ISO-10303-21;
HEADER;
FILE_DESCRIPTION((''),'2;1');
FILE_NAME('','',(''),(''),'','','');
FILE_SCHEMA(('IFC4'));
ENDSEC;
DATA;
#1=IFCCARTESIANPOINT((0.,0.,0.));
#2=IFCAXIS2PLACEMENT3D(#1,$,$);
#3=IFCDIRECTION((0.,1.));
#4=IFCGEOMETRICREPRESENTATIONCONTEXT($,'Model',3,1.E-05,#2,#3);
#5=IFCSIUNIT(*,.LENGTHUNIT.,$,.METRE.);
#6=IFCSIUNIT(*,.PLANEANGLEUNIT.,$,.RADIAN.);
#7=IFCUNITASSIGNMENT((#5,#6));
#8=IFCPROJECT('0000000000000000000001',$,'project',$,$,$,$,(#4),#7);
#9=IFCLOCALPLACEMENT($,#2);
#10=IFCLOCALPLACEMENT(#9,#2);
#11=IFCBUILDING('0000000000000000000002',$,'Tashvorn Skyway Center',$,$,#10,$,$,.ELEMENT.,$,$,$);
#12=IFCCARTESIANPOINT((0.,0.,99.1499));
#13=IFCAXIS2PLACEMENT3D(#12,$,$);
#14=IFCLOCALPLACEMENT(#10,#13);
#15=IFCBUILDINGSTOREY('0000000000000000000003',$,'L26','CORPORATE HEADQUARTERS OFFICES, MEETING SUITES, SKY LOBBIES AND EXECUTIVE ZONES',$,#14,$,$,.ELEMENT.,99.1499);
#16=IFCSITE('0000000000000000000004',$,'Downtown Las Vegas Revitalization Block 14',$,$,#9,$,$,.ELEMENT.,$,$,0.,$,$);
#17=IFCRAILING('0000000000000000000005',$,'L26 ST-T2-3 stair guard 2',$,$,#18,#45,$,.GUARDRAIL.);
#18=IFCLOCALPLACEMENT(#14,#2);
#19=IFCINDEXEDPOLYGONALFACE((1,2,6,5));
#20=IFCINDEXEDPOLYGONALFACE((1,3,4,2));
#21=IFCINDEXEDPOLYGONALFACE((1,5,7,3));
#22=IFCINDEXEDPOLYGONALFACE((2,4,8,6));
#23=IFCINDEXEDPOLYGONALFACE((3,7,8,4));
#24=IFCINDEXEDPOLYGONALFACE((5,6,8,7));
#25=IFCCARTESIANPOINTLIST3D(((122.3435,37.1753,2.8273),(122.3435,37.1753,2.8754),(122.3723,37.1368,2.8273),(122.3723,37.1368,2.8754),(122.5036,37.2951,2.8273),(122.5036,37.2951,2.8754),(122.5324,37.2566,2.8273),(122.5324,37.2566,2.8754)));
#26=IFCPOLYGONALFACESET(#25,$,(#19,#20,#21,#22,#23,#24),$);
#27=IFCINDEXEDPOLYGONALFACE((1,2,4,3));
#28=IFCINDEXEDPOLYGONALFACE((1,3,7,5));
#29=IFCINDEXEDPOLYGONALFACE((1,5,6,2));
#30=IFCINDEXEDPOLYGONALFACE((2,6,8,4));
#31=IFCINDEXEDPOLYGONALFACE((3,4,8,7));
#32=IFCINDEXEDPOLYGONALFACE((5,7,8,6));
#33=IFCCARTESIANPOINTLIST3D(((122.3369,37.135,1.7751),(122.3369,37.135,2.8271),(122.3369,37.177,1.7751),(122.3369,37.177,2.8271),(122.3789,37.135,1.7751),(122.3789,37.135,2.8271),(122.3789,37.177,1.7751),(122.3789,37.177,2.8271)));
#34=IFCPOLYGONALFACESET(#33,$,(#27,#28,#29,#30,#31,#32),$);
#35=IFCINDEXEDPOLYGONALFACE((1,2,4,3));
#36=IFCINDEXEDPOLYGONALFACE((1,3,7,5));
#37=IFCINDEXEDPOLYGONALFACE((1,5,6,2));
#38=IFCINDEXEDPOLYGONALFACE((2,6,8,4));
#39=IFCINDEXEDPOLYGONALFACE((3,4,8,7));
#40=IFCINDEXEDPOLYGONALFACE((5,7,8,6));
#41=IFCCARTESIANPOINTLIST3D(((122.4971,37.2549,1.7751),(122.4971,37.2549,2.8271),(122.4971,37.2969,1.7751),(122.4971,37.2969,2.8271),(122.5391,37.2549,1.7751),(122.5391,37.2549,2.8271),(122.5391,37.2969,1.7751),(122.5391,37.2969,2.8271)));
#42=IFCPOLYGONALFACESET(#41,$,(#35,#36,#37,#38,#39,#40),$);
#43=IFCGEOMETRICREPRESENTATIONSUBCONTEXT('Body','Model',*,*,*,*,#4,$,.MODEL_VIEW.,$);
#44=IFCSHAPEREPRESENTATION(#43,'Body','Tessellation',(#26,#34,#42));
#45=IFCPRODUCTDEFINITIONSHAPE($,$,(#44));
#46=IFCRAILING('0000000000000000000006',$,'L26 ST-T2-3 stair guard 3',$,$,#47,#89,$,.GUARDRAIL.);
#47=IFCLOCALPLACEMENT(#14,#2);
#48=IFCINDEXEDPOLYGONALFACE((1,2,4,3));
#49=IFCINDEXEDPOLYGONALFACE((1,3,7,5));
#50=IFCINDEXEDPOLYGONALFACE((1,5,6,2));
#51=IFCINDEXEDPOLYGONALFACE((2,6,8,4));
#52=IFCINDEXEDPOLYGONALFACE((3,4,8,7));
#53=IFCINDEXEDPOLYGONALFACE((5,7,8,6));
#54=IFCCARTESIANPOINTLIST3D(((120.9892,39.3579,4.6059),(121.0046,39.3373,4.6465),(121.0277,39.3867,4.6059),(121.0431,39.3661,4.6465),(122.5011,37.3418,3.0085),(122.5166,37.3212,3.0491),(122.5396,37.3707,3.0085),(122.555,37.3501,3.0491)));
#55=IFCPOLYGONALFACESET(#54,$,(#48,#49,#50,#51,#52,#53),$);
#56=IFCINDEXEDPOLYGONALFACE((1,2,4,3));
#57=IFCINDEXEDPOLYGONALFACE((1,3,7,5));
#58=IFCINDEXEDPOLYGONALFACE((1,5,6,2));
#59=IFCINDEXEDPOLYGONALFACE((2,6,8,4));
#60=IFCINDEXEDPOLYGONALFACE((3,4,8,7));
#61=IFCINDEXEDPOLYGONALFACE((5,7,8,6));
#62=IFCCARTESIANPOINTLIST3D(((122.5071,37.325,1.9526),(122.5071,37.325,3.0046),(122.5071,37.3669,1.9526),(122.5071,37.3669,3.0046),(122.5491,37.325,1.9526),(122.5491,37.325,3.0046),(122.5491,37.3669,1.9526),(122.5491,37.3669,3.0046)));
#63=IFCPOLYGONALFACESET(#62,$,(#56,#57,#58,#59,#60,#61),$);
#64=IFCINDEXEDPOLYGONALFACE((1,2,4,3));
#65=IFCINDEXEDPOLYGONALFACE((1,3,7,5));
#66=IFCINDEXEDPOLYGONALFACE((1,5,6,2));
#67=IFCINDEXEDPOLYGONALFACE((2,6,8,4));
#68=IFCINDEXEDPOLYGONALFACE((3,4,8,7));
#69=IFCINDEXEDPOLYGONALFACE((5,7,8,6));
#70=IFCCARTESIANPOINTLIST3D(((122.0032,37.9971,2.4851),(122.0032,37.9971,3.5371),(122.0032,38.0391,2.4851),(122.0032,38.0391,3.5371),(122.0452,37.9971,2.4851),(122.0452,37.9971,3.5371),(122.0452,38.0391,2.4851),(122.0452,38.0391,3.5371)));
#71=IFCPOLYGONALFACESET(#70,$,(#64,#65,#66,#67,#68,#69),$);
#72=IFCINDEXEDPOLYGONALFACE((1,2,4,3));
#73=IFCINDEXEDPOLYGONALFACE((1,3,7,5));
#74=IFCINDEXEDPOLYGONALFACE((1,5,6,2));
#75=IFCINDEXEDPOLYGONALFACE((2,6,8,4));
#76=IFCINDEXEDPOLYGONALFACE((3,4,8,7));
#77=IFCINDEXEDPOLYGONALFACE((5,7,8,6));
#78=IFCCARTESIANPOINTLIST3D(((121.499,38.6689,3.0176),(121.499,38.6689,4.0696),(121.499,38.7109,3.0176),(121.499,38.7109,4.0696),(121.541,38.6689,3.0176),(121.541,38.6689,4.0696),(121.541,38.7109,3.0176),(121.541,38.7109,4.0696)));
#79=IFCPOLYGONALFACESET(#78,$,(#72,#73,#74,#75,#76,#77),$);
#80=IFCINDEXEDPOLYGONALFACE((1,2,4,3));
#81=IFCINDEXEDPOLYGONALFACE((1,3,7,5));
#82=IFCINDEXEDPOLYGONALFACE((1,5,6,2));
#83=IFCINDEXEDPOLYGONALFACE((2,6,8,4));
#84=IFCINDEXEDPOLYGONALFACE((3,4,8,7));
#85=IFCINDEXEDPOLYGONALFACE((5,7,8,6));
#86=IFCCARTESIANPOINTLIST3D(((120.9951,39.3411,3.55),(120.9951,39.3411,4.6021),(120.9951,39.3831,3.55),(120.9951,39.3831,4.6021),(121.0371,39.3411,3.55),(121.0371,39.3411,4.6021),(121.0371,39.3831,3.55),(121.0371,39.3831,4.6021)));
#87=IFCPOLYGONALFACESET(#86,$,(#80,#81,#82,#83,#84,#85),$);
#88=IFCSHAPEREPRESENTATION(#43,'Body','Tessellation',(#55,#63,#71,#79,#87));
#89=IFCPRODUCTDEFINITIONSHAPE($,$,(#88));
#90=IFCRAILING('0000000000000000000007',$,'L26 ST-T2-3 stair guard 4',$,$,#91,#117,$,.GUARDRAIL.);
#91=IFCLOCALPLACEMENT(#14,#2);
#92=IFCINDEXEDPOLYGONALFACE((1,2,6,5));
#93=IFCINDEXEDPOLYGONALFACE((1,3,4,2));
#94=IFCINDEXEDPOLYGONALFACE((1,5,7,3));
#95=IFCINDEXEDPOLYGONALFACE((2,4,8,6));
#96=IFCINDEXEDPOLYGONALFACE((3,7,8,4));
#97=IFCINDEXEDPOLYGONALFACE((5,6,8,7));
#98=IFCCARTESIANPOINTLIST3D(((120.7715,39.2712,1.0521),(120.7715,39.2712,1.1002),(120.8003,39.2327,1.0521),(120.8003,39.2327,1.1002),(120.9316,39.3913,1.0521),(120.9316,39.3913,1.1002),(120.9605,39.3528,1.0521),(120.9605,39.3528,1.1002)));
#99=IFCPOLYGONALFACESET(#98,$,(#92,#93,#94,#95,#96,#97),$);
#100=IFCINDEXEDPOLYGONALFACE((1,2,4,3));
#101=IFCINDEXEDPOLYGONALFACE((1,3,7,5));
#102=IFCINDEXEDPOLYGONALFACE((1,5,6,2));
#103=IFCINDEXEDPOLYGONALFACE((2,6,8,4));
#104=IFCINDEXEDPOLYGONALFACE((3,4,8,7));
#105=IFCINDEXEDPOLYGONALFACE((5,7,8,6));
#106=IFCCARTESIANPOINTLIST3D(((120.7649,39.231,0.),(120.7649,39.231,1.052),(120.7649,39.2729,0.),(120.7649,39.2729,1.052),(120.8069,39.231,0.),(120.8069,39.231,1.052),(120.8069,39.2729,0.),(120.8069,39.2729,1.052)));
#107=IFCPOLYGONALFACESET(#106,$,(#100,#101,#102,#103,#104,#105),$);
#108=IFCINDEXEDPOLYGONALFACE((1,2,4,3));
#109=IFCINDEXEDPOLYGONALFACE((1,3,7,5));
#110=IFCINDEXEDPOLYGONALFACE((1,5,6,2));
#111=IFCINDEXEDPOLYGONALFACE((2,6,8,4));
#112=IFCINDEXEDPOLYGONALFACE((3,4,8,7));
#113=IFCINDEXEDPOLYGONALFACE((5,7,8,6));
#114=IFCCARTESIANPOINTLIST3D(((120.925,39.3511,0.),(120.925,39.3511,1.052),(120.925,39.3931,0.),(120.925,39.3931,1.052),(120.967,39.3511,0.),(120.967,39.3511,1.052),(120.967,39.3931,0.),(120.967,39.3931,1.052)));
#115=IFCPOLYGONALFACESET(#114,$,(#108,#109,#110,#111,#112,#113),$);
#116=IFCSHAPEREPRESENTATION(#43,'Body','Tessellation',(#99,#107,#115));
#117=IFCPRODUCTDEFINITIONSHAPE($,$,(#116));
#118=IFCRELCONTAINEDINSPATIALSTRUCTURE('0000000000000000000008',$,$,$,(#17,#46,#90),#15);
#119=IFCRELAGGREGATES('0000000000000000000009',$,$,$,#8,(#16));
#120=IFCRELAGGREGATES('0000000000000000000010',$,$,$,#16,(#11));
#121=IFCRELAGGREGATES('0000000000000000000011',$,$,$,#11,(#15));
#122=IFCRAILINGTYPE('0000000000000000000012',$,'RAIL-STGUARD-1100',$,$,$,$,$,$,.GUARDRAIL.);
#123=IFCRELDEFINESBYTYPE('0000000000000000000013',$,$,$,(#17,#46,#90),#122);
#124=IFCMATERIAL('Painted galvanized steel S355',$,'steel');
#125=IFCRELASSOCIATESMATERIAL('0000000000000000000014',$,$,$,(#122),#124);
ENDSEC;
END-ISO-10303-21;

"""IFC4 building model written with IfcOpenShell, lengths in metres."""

from ifc_helpers import new_model, si_unit, direction, frame, origin, origin_2d, place, context, subcontext, project, spatial, rectangle, extrude, material, type_object, element, save


model = new_model("IFC4")

# Units and contexts
model_context = context("Model", 3, precision=1e-05, world=origin(), true_north=direction((0.0, 1.0)))
body_context = subcontext(model_context, "Body", "Model", "MODEL_VIEW")
ifc_project = project(units=[si_unit("LENGTHUNIT", "METRE"), si_unit("PLANEANGLEUNIT", "RADIAN")], contexts=[model_context])

# Site, building, storey
site_placement = place(None, origin())
site = spatial("IfcSite", under=ifc_project, at=site_placement, Name="Downtown Las Vegas Revitalization Block 14", CompositionType="ELEMENT", RefElevation=0.0)
building_placement = place(site_placement, origin())
building = spatial("IfcBuilding", under=site, at=building_placement, Name="Tashvorn Skyway Center", CompositionType="ELEMENT")
storey_placement = place(building_placement, frame((0.0, 0.0, 99.1499)))
storey = spatial("IfcBuildingStorey", under=building, at=storey_placement, Name="L26", Description="CORPORATE HEADQUARTERS OFFICES, MEETING SUITES, SKY LOBBIES AND EXECUTIVE ZONES", CompositionType="ELEMENT", Elevation=99.1499)

# Railings
ifc_material_1 = material(Name="Painted galvanized steel S355", Category="steel")
railing_type_1 = type_object("IfcRailingType", Name="RAIL-STGUARD-1100", PredefinedType="GUARDRAIL", material=ifc_material_1)
railing_1_placement = place(storey_placement, frame((122.3579, 37.156, 1.7751)))
element("IfcRailing", 1, at=railing_1_placement, inside=storey, type_object=railing_type_1, Name="L26 ST-T2-3 stair guard 2", PredefinedType="GUARDRAIL", context=body_context, shape_type="SweptSolid", body=[
    extrude(rectangle(XDim=0.0481, YDim=0.0481, at=origin_2d()), frame((0.0, 0.0, 1.0762), z_axis=(0.800585, 0.599219, 0.0), x_axis=(-0.599219, 0.800585, 0.0)), (0.0, 0.0, 1.0), 0.2),
    extrude(rectangle(XDim=0.042, YDim=0.042, at=origin_2d()), origin(), (0.0, 0.0, 1.0), 1.052),
    extrude(rectangle(XDim=0.042, YDim=0.042, at=origin_2d()), frame((0.1602, 0.1199, 0.0)), (0.0, 0.0, 1.0), 1.052),
])
railing_2_placement = place(storey_placement, frame((122.5281, 37.3459, 1.9526)))
element("IfcRailing", 2, at=railing_2_placement, inside=storey, type_object=railing_type_1, Name="L26 ST-T2-3 stair guard 3", PredefinedType="GUARDRAIL", context=body_context, shape_type="SweptSolid", body=[
    extrude(rectangle(XDim=0.0481, YDim=0.0481, at=origin_2d()), frame((0.0, 0.0, 1.0762), z_axis=(-0.506741, 0.675709, 0.535379), x_axis=(-0.800023, -0.599969, 0.0)), (0.0, 0.0, 1.0), 2.9836),
    extrude(rectangle(XDim=0.042, YDim=0.042, at=origin_2d()), origin(), (0.0, 0.0, 1.0), 1.052),
    extrude(rectangle(XDim=0.042, YDim=0.042, at=origin_2d()), frame((-0.5039, 0.6721, 0.5325)), (0.0, 0.0, 1.0), 1.052),
    extrude(rectangle(XDim=0.042, YDim=0.042, at=origin_2d()), frame((-1.0081, 1.344, 1.0649)), (0.0, 0.0, 1.0), 1.052),
    extrude(rectangle(XDim=0.042, YDim=0.042, at=origin_2d()), frame((-1.512, 2.0161, 1.5974)), (0.0, 0.0, 1.0), 1.052),
])
railing_3_placement = place(storey_placement, frame((120.7859, 39.252, 0.0)))
element("IfcRailing", 3, at=railing_3_placement, inside=storey, type_object=railing_type_1, Name="L26 ST-T2-3 stair guard 4", PredefinedType="GUARDRAIL", context=body_context, shape_type="SweptSolid", body=[
    extrude(rectangle(XDim=0.0481, YDim=0.0481, at=origin_2d()), frame((0.0, 0.0, 1.0762), z_axis=(0.8, 0.6, 0.0), x_axis=(-0.6, 0.8, 0.0)), (0.0, 0.0, 1.0), 0.2002),
    extrude(rectangle(XDim=0.042, YDim=0.042, at=origin_2d()), origin(), (0.0, 0.0, 1.0), 1.052),
    extrude(rectangle(XDim=0.042, YDim=0.042, at=origin_2d()), frame((0.1602, 0.1201, 0.0)), (0.0, 0.0, 1.0), 1.052),
])

save(model, "model.ifc")
